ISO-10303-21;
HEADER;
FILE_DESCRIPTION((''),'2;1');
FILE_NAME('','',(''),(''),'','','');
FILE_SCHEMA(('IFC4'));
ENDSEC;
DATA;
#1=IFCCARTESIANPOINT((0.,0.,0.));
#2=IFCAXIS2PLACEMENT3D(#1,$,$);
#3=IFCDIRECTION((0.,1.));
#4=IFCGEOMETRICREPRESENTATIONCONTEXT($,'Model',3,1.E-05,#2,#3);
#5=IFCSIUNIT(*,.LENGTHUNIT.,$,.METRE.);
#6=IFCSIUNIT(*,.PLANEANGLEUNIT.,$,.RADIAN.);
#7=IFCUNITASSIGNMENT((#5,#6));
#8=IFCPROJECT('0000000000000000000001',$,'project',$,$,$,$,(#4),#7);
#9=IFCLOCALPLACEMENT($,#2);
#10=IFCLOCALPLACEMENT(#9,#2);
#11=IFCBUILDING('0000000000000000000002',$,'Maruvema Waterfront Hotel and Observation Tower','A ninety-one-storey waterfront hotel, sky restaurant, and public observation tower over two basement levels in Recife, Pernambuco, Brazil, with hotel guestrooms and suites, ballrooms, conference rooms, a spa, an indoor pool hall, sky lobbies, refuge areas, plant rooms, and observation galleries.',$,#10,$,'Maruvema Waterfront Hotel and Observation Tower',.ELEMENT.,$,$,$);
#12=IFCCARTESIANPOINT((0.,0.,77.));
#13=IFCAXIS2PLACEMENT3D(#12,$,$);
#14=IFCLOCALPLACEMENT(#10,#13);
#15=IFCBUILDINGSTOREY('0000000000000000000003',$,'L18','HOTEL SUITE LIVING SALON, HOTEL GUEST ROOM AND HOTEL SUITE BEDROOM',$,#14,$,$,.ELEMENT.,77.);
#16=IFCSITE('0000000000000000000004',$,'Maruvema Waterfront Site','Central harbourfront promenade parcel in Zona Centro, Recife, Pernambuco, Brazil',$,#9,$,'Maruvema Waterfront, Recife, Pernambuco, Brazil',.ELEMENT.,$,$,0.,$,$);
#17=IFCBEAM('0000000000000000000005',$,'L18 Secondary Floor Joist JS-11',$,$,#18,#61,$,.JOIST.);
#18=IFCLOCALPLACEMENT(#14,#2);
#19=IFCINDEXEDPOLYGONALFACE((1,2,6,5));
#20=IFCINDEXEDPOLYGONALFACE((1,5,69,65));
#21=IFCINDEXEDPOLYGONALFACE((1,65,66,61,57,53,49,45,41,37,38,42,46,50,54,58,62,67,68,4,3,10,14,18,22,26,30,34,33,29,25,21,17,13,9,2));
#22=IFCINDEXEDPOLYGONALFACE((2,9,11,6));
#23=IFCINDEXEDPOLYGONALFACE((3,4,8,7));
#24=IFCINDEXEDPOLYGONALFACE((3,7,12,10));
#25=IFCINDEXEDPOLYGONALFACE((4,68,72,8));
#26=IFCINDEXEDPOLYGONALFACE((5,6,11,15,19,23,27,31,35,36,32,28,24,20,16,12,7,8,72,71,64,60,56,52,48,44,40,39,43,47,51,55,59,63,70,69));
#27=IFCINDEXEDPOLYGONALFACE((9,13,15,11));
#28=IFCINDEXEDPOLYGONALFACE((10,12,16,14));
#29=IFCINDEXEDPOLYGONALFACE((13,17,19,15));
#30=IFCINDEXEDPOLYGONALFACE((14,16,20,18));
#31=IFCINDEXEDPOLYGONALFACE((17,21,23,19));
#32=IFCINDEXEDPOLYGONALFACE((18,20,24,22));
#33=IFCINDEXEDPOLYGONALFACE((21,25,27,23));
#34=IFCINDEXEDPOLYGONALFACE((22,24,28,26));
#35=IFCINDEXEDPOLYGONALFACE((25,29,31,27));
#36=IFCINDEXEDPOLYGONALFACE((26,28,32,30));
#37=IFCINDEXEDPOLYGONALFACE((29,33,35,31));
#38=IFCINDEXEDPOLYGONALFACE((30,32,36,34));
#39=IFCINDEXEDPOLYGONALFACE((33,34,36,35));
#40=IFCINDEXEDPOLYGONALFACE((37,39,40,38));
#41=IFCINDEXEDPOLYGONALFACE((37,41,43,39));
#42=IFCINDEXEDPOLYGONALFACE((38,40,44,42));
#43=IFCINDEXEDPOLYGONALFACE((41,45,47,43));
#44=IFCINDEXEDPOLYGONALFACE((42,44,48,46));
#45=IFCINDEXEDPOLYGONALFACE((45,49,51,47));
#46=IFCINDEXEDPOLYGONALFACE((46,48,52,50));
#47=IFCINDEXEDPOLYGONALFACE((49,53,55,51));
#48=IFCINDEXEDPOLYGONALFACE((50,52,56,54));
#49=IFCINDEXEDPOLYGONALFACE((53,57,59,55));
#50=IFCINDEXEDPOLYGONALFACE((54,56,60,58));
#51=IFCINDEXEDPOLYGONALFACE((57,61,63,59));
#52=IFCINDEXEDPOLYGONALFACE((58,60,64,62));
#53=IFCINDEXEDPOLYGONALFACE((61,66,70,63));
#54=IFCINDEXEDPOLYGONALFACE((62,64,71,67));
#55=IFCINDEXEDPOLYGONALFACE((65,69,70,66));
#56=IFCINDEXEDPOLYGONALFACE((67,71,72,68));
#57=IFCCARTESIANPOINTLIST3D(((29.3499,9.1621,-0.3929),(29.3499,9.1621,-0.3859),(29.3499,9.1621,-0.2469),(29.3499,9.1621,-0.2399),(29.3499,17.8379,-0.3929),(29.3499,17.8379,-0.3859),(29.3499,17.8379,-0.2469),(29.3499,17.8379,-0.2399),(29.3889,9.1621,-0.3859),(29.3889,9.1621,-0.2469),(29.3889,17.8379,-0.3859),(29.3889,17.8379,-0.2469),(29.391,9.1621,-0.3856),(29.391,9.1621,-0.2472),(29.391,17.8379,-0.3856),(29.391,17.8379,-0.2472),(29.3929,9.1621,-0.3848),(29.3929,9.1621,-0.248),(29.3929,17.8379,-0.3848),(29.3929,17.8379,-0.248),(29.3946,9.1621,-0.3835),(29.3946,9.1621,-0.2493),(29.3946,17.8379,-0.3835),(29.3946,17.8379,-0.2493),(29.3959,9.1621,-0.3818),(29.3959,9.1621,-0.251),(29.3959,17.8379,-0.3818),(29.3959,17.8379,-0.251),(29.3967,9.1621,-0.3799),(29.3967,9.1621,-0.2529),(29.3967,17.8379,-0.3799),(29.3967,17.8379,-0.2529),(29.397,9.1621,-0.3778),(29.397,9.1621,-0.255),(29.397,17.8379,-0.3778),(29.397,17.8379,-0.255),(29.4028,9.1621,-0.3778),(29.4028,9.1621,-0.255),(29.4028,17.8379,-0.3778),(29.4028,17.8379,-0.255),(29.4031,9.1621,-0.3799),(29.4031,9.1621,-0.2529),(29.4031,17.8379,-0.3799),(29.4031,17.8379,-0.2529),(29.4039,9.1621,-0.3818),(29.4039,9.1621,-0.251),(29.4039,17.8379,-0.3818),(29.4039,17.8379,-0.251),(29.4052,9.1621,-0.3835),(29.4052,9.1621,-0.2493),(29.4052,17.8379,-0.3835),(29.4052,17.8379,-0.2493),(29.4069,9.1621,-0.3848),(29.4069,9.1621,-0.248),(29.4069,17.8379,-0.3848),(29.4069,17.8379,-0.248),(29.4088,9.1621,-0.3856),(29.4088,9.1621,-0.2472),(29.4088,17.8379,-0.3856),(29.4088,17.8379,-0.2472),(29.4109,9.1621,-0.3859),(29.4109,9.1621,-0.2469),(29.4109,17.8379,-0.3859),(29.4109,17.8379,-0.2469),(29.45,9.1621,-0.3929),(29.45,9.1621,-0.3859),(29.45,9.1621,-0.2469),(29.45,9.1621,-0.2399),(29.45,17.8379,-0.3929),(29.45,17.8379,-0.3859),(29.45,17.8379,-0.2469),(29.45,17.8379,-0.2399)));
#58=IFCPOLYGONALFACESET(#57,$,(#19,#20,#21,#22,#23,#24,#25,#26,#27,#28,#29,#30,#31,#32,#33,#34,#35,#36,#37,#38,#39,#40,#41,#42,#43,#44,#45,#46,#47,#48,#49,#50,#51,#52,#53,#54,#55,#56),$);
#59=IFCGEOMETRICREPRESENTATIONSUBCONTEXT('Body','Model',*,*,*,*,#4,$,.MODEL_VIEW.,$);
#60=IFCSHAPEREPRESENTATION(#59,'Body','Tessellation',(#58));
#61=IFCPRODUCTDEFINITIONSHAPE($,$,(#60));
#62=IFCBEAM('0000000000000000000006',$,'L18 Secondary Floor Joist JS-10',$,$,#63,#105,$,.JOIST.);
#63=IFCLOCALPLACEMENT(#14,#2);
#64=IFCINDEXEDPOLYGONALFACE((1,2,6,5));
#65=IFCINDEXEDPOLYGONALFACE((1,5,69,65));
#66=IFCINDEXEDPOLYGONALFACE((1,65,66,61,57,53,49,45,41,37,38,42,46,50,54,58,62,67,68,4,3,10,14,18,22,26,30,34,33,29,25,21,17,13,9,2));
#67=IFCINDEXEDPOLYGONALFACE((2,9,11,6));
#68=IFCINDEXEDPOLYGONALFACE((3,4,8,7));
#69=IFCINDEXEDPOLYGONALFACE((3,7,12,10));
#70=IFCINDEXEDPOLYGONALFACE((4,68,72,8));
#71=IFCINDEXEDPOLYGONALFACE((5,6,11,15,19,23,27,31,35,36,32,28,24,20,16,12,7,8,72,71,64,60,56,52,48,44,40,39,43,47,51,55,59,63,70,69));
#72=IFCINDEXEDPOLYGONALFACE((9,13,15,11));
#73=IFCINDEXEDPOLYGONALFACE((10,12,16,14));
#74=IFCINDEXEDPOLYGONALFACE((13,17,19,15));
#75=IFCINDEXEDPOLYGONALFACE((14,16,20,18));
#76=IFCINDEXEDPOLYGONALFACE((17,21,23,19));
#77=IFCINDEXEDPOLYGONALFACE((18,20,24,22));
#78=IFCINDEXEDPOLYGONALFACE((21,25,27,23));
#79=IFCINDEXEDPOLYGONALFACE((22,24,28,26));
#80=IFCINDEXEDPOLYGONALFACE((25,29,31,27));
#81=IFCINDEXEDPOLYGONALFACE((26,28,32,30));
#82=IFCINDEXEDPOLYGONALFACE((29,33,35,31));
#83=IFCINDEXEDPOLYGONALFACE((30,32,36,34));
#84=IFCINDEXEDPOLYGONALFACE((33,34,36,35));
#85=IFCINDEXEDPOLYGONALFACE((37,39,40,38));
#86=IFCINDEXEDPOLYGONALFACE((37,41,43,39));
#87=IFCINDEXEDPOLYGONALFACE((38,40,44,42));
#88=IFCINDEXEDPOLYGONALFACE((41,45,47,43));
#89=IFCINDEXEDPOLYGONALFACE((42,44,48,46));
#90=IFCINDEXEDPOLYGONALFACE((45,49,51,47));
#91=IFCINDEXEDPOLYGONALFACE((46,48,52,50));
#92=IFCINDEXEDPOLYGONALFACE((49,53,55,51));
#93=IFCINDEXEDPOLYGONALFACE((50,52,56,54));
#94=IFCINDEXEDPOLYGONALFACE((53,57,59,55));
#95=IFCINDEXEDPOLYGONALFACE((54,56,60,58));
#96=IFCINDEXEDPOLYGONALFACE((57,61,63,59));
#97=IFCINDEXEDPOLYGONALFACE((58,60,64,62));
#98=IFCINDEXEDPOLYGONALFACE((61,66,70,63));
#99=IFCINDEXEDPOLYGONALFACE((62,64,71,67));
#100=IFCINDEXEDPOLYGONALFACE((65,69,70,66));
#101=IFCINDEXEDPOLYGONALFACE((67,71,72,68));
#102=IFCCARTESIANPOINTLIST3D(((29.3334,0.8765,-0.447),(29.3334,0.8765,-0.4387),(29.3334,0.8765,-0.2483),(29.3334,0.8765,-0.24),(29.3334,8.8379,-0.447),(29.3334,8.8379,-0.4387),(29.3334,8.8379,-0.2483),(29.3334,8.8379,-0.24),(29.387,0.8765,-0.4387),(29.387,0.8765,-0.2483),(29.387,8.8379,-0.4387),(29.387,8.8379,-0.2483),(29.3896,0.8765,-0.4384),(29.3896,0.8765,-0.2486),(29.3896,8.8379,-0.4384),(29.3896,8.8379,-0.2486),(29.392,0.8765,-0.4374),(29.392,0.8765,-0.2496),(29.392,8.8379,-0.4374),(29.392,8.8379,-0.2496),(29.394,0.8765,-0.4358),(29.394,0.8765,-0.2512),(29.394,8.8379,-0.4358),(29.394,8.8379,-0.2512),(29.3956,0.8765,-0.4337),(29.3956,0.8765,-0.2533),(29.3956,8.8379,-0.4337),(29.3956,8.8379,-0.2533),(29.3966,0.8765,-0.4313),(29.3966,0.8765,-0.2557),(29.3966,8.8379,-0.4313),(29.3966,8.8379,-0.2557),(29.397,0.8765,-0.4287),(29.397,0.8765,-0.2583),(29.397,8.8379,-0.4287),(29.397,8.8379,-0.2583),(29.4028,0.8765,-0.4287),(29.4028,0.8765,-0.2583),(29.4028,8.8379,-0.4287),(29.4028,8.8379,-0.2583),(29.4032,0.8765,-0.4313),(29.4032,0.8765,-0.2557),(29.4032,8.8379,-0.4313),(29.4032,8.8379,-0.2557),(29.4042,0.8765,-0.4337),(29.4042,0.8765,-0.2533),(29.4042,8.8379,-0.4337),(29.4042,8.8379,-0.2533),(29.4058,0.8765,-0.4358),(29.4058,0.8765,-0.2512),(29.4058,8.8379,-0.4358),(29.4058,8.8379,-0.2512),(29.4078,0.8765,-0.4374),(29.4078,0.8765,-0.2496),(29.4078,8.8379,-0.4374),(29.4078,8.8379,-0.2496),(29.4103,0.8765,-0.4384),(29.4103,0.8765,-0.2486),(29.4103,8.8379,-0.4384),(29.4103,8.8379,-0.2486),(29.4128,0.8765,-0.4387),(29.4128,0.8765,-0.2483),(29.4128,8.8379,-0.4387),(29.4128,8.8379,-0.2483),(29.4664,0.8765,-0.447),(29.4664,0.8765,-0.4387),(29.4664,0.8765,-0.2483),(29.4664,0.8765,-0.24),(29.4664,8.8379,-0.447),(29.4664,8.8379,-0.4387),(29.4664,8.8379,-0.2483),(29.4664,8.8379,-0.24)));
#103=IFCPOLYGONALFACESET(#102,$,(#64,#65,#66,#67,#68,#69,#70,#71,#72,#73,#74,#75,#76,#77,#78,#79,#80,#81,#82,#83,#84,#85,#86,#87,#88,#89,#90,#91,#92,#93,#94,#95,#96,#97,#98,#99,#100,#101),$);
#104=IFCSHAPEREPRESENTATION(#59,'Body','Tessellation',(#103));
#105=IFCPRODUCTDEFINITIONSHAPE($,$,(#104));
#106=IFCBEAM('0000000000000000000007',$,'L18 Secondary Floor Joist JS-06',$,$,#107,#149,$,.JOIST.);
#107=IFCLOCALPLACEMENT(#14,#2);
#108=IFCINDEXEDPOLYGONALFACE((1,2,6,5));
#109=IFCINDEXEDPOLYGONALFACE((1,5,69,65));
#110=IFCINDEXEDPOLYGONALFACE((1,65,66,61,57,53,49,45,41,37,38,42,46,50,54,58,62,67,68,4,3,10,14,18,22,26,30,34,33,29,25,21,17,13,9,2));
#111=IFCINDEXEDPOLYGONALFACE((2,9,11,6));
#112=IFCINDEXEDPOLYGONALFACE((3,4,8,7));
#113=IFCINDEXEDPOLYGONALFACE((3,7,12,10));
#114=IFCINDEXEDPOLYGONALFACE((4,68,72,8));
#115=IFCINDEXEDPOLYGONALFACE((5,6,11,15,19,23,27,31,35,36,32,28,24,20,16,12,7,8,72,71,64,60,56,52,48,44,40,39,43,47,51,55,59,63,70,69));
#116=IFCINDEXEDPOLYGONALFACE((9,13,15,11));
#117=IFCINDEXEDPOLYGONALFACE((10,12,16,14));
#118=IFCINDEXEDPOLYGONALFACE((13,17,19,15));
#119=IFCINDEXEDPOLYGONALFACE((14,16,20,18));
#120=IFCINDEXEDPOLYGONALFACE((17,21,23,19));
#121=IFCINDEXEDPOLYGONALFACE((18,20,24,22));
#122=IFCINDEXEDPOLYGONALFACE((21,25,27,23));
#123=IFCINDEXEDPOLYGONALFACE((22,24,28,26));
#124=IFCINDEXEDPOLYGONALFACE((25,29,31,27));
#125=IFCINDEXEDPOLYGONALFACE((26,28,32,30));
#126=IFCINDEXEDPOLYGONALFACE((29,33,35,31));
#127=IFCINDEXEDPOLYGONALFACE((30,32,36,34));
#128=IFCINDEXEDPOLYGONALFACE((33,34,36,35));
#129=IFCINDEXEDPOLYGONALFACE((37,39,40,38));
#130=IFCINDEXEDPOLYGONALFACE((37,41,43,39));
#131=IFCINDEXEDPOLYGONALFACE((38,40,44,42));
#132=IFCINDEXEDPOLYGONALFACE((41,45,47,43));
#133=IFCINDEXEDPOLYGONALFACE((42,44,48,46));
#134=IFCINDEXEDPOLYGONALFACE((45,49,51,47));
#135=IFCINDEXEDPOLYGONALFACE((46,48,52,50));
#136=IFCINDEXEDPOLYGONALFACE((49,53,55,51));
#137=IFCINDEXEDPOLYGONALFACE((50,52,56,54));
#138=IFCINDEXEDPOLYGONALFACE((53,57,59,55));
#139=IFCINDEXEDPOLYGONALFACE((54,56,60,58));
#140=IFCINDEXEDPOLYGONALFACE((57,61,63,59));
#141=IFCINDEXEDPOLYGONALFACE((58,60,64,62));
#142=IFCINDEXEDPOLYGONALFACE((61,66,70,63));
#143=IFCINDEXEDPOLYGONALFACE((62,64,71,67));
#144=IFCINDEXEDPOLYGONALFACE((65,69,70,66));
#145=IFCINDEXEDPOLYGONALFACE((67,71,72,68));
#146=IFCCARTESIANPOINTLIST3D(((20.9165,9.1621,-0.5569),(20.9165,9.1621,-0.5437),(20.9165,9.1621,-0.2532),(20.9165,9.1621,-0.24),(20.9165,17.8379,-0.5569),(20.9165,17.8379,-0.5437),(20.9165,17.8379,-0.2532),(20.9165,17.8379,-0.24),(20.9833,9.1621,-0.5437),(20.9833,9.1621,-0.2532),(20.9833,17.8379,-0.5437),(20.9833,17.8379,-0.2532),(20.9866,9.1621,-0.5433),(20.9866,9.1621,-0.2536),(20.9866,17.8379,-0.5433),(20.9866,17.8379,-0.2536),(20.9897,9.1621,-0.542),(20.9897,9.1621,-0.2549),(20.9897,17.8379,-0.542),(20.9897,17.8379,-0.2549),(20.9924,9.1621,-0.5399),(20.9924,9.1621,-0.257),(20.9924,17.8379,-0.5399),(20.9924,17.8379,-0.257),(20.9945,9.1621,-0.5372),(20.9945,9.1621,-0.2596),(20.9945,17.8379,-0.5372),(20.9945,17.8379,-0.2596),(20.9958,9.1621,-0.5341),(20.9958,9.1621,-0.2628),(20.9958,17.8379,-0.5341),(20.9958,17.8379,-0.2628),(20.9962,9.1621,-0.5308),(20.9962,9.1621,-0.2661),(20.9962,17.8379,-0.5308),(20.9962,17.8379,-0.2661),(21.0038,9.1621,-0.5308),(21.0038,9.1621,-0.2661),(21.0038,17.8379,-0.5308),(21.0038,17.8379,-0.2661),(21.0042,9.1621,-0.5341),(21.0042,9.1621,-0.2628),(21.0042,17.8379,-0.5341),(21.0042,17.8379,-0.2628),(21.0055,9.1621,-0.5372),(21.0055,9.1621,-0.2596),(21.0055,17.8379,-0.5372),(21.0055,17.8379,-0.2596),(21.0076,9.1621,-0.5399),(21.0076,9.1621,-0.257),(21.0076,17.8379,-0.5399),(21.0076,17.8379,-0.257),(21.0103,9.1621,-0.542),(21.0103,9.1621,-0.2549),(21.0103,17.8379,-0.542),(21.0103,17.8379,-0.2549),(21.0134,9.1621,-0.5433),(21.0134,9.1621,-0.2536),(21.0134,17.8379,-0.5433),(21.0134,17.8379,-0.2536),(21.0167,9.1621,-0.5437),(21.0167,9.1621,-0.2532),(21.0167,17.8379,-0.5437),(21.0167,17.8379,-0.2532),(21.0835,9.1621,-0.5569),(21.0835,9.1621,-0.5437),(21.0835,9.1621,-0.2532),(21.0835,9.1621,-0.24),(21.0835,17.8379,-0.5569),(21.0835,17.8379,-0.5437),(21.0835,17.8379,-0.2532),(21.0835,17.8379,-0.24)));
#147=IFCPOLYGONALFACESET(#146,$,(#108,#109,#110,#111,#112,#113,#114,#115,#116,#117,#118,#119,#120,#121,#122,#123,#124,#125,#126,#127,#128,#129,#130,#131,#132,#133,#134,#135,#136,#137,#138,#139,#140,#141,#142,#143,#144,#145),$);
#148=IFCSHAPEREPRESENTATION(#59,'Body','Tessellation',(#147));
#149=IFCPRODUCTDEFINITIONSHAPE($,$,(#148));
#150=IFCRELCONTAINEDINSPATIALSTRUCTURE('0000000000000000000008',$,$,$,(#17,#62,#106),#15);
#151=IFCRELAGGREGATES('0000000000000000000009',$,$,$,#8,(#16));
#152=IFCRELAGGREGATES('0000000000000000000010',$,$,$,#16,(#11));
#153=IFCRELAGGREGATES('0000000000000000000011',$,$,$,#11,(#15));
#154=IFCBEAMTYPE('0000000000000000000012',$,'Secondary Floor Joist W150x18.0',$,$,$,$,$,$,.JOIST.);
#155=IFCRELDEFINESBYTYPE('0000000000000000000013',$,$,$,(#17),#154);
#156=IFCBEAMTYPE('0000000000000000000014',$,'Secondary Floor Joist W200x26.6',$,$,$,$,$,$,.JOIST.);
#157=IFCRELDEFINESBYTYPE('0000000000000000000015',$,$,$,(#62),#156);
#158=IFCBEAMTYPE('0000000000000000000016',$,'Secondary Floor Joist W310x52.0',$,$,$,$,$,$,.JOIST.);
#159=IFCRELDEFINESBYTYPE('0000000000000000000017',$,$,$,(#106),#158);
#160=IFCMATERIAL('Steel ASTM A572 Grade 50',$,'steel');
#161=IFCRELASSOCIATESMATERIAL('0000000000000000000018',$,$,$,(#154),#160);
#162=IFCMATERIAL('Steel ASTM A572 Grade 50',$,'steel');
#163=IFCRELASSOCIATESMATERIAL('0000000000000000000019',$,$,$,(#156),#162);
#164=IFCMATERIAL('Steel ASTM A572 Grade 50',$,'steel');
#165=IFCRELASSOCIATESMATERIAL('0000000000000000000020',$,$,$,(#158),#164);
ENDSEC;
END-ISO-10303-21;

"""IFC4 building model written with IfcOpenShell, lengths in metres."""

from ifc_helpers import new_model, si_unit, direction, frame, origin, origin_2d, place, context, subcontext, project, spatial, i_section, extrude, material, material_profile, profile_set, type_object, element, save


model = new_model("IFC4")

# Units and contexts
model_context = context("Model", 3, precision=1e-05, world=origin(), true_north=direction((0.0, 1.0)))
body_context = subcontext(model_context, "Body", "Model", "MODEL_VIEW")
ifc_project = project(units=[si_unit("LENGTHUNIT", "METRE"), si_unit("PLANEANGLEUNIT", "RADIAN")], contexts=[model_context])

# Site, building, storey
site_placement = place(None, origin())
site = spatial("IfcSite", under=ifc_project, at=site_placement, Name="Maruvema Waterfront Site", Description="Central harbourfront promenade parcel in Zona Centro, Recife, Pernambuco, Brazil", LongName="Maruvema Waterfront, Recife, Pernambuco, Brazil", CompositionType="ELEMENT", RefElevation=0.0)
building_placement = place(site_placement, origin())
building = spatial("IfcBuilding", under=site, at=building_placement, Name="Maruvema Waterfront Hotel and Observation Tower", Description="A ninety-one-storey waterfront hotel, sky restaurant, and public observation tower over two basement levels in Recife, Pernambuco, Brazil, with hotel guestrooms and suites, ballrooms, conference rooms, a spa, an indoor pool hall, sky lobbies, refuge areas, plant rooms, and observation galleries.", LongName="Maruvema Waterfront Hotel and Observation Tower", CompositionType="ELEMENT")
storey_placement = place(building_placement, frame((0.0, 0.0, 77.0)))
storey = spatial("IfcBuildingStorey", under=building, at=storey_placement, Name="L18", Description="HOTEL SUITE LIVING SALON, HOTEL GUEST ROOM AND HOTEL SUITE BEDROOM", CompositionType="ELEMENT", Elevation=77.0)

# Beams
ifc_material_1 = material(Name="Steel ASTM A572 Grade 50", Category="steel")
ifc_material_profile_1 = material_profile(ifc_material_1, i_section(OverallWidth=0.1001, OverallDepth=0.1531, WebThickness=0.0059, FlangeThickness=0.0071, FilletRadius=0.0081, at=origin_2d()), Name="W150x18.0")
ifc_profile_set_1 = profile_set([ifc_material_profile_1], Name="Steel ASTM A572 Grade 50")
beam_type_1 = type_object("IfcBeamType", Name="Secondary Floor Joist W150x18.0", PredefinedType="JOIST", material=ifc_profile_set_1)
beam_1_placement = place(storey_placement, frame((29.3999, 9.1621, -0.3164), z_axis=(0.0, 1.0, 0.0), x_axis=(-1.0, 0.0, 0.0)))
element("IfcBeam", 1, at=beam_1_placement, inside=storey, type_object=beam_type_1, Name="L18 Secondary Floor Joist JS-11", PredefinedType="JOIST", context=body_context, shape_type="SweptSolid", body=[
    extrude(i_section(OverallWidth=0.1001, OverallDepth=0.1531, WebThickness=0.0059, FlangeThickness=0.0071, FilletRadius=0.0081, at=origin_2d()), origin(), (0.0, 0.0, 1.0), 8.6758),
])
ifc_material_2 = material(Name="Steel ASTM A572 Grade 50", Category="steel")
ifc_material_profile_2 = material_profile(ifc_material_2, i_section(OverallWidth=0.1331, OverallDepth=0.207, WebThickness=0.0059, FlangeThickness=0.0083, FilletRadius=0.01, at=origin_2d()), Name="W200x26.6")
ifc_profile_set_2 = profile_set([ifc_material_profile_2], Name="Steel ASTM A572 Grade 50")
beam_type_2 = type_object("IfcBeamType", Name="Secondary Floor Joist W200x26.6", PredefinedType="JOIST", material=ifc_profile_set_2)
beam_2_placement = place(storey_placement, frame((29.3999, 0.8765, -0.3435), z_axis=(0.0, 1.0, 0.0), x_axis=(-1.0, 0.0, 0.0)))
element("IfcBeam", 2, at=beam_2_placement, inside=storey, type_object=beam_type_2, Name="L18 Secondary Floor Joist JS-10", PredefinedType="JOIST", context=body_context, shape_type="SweptSolid", body=[
    extrude(i_section(OverallWidth=0.1331, OverallDepth=0.207, WebThickness=0.0059, FlangeThickness=0.0083, FilletRadius=0.01, at=origin_2d()), origin(), (0.0, 0.0, 1.0), 7.9614),
])
ifc_material_3 = material(Name="Steel ASTM A572 Grade 50", Category="steel")
ifc_material_profile_3 = material_profile(ifc_material_3, i_section(OverallWidth=0.167, OverallDepth=0.3169, WebThickness=0.0076, FlangeThickness=0.0132, FilletRadius=0.0129, at=origin_2d()), Name="W310x52.0")
ifc_profile_set_3 = profile_set([ifc_material_profile_3], Name="Steel ASTM A572 Grade 50")
beam_type_3 = type_object("IfcBeamType", Name="Secondary Floor Joist W310x52.0", PredefinedType="JOIST", material=ifc_profile_set_3)
beam_3_placement = place(storey_placement, frame((21.0, 9.1621, -0.3984), z_axis=(0.0, 1.0, 0.0), x_axis=(-1.0, 0.0, 0.0)))
element("IfcBeam", 3, at=beam_3_placement, inside=storey, type_object=beam_type_3, Name="L18 Secondary Floor Joist JS-06", PredefinedType="JOIST", context=body_context, shape_type="SweptSolid", body=[
    extrude(i_section(OverallWidth=0.167, OverallDepth=0.3169, WebThickness=0.0076, FlangeThickness=0.0132, FilletRadius=0.0129, at=origin_2d()), origin(), (0.0, 0.0, 1.0), 8.6758),
])

save(model, "model.ifc")
